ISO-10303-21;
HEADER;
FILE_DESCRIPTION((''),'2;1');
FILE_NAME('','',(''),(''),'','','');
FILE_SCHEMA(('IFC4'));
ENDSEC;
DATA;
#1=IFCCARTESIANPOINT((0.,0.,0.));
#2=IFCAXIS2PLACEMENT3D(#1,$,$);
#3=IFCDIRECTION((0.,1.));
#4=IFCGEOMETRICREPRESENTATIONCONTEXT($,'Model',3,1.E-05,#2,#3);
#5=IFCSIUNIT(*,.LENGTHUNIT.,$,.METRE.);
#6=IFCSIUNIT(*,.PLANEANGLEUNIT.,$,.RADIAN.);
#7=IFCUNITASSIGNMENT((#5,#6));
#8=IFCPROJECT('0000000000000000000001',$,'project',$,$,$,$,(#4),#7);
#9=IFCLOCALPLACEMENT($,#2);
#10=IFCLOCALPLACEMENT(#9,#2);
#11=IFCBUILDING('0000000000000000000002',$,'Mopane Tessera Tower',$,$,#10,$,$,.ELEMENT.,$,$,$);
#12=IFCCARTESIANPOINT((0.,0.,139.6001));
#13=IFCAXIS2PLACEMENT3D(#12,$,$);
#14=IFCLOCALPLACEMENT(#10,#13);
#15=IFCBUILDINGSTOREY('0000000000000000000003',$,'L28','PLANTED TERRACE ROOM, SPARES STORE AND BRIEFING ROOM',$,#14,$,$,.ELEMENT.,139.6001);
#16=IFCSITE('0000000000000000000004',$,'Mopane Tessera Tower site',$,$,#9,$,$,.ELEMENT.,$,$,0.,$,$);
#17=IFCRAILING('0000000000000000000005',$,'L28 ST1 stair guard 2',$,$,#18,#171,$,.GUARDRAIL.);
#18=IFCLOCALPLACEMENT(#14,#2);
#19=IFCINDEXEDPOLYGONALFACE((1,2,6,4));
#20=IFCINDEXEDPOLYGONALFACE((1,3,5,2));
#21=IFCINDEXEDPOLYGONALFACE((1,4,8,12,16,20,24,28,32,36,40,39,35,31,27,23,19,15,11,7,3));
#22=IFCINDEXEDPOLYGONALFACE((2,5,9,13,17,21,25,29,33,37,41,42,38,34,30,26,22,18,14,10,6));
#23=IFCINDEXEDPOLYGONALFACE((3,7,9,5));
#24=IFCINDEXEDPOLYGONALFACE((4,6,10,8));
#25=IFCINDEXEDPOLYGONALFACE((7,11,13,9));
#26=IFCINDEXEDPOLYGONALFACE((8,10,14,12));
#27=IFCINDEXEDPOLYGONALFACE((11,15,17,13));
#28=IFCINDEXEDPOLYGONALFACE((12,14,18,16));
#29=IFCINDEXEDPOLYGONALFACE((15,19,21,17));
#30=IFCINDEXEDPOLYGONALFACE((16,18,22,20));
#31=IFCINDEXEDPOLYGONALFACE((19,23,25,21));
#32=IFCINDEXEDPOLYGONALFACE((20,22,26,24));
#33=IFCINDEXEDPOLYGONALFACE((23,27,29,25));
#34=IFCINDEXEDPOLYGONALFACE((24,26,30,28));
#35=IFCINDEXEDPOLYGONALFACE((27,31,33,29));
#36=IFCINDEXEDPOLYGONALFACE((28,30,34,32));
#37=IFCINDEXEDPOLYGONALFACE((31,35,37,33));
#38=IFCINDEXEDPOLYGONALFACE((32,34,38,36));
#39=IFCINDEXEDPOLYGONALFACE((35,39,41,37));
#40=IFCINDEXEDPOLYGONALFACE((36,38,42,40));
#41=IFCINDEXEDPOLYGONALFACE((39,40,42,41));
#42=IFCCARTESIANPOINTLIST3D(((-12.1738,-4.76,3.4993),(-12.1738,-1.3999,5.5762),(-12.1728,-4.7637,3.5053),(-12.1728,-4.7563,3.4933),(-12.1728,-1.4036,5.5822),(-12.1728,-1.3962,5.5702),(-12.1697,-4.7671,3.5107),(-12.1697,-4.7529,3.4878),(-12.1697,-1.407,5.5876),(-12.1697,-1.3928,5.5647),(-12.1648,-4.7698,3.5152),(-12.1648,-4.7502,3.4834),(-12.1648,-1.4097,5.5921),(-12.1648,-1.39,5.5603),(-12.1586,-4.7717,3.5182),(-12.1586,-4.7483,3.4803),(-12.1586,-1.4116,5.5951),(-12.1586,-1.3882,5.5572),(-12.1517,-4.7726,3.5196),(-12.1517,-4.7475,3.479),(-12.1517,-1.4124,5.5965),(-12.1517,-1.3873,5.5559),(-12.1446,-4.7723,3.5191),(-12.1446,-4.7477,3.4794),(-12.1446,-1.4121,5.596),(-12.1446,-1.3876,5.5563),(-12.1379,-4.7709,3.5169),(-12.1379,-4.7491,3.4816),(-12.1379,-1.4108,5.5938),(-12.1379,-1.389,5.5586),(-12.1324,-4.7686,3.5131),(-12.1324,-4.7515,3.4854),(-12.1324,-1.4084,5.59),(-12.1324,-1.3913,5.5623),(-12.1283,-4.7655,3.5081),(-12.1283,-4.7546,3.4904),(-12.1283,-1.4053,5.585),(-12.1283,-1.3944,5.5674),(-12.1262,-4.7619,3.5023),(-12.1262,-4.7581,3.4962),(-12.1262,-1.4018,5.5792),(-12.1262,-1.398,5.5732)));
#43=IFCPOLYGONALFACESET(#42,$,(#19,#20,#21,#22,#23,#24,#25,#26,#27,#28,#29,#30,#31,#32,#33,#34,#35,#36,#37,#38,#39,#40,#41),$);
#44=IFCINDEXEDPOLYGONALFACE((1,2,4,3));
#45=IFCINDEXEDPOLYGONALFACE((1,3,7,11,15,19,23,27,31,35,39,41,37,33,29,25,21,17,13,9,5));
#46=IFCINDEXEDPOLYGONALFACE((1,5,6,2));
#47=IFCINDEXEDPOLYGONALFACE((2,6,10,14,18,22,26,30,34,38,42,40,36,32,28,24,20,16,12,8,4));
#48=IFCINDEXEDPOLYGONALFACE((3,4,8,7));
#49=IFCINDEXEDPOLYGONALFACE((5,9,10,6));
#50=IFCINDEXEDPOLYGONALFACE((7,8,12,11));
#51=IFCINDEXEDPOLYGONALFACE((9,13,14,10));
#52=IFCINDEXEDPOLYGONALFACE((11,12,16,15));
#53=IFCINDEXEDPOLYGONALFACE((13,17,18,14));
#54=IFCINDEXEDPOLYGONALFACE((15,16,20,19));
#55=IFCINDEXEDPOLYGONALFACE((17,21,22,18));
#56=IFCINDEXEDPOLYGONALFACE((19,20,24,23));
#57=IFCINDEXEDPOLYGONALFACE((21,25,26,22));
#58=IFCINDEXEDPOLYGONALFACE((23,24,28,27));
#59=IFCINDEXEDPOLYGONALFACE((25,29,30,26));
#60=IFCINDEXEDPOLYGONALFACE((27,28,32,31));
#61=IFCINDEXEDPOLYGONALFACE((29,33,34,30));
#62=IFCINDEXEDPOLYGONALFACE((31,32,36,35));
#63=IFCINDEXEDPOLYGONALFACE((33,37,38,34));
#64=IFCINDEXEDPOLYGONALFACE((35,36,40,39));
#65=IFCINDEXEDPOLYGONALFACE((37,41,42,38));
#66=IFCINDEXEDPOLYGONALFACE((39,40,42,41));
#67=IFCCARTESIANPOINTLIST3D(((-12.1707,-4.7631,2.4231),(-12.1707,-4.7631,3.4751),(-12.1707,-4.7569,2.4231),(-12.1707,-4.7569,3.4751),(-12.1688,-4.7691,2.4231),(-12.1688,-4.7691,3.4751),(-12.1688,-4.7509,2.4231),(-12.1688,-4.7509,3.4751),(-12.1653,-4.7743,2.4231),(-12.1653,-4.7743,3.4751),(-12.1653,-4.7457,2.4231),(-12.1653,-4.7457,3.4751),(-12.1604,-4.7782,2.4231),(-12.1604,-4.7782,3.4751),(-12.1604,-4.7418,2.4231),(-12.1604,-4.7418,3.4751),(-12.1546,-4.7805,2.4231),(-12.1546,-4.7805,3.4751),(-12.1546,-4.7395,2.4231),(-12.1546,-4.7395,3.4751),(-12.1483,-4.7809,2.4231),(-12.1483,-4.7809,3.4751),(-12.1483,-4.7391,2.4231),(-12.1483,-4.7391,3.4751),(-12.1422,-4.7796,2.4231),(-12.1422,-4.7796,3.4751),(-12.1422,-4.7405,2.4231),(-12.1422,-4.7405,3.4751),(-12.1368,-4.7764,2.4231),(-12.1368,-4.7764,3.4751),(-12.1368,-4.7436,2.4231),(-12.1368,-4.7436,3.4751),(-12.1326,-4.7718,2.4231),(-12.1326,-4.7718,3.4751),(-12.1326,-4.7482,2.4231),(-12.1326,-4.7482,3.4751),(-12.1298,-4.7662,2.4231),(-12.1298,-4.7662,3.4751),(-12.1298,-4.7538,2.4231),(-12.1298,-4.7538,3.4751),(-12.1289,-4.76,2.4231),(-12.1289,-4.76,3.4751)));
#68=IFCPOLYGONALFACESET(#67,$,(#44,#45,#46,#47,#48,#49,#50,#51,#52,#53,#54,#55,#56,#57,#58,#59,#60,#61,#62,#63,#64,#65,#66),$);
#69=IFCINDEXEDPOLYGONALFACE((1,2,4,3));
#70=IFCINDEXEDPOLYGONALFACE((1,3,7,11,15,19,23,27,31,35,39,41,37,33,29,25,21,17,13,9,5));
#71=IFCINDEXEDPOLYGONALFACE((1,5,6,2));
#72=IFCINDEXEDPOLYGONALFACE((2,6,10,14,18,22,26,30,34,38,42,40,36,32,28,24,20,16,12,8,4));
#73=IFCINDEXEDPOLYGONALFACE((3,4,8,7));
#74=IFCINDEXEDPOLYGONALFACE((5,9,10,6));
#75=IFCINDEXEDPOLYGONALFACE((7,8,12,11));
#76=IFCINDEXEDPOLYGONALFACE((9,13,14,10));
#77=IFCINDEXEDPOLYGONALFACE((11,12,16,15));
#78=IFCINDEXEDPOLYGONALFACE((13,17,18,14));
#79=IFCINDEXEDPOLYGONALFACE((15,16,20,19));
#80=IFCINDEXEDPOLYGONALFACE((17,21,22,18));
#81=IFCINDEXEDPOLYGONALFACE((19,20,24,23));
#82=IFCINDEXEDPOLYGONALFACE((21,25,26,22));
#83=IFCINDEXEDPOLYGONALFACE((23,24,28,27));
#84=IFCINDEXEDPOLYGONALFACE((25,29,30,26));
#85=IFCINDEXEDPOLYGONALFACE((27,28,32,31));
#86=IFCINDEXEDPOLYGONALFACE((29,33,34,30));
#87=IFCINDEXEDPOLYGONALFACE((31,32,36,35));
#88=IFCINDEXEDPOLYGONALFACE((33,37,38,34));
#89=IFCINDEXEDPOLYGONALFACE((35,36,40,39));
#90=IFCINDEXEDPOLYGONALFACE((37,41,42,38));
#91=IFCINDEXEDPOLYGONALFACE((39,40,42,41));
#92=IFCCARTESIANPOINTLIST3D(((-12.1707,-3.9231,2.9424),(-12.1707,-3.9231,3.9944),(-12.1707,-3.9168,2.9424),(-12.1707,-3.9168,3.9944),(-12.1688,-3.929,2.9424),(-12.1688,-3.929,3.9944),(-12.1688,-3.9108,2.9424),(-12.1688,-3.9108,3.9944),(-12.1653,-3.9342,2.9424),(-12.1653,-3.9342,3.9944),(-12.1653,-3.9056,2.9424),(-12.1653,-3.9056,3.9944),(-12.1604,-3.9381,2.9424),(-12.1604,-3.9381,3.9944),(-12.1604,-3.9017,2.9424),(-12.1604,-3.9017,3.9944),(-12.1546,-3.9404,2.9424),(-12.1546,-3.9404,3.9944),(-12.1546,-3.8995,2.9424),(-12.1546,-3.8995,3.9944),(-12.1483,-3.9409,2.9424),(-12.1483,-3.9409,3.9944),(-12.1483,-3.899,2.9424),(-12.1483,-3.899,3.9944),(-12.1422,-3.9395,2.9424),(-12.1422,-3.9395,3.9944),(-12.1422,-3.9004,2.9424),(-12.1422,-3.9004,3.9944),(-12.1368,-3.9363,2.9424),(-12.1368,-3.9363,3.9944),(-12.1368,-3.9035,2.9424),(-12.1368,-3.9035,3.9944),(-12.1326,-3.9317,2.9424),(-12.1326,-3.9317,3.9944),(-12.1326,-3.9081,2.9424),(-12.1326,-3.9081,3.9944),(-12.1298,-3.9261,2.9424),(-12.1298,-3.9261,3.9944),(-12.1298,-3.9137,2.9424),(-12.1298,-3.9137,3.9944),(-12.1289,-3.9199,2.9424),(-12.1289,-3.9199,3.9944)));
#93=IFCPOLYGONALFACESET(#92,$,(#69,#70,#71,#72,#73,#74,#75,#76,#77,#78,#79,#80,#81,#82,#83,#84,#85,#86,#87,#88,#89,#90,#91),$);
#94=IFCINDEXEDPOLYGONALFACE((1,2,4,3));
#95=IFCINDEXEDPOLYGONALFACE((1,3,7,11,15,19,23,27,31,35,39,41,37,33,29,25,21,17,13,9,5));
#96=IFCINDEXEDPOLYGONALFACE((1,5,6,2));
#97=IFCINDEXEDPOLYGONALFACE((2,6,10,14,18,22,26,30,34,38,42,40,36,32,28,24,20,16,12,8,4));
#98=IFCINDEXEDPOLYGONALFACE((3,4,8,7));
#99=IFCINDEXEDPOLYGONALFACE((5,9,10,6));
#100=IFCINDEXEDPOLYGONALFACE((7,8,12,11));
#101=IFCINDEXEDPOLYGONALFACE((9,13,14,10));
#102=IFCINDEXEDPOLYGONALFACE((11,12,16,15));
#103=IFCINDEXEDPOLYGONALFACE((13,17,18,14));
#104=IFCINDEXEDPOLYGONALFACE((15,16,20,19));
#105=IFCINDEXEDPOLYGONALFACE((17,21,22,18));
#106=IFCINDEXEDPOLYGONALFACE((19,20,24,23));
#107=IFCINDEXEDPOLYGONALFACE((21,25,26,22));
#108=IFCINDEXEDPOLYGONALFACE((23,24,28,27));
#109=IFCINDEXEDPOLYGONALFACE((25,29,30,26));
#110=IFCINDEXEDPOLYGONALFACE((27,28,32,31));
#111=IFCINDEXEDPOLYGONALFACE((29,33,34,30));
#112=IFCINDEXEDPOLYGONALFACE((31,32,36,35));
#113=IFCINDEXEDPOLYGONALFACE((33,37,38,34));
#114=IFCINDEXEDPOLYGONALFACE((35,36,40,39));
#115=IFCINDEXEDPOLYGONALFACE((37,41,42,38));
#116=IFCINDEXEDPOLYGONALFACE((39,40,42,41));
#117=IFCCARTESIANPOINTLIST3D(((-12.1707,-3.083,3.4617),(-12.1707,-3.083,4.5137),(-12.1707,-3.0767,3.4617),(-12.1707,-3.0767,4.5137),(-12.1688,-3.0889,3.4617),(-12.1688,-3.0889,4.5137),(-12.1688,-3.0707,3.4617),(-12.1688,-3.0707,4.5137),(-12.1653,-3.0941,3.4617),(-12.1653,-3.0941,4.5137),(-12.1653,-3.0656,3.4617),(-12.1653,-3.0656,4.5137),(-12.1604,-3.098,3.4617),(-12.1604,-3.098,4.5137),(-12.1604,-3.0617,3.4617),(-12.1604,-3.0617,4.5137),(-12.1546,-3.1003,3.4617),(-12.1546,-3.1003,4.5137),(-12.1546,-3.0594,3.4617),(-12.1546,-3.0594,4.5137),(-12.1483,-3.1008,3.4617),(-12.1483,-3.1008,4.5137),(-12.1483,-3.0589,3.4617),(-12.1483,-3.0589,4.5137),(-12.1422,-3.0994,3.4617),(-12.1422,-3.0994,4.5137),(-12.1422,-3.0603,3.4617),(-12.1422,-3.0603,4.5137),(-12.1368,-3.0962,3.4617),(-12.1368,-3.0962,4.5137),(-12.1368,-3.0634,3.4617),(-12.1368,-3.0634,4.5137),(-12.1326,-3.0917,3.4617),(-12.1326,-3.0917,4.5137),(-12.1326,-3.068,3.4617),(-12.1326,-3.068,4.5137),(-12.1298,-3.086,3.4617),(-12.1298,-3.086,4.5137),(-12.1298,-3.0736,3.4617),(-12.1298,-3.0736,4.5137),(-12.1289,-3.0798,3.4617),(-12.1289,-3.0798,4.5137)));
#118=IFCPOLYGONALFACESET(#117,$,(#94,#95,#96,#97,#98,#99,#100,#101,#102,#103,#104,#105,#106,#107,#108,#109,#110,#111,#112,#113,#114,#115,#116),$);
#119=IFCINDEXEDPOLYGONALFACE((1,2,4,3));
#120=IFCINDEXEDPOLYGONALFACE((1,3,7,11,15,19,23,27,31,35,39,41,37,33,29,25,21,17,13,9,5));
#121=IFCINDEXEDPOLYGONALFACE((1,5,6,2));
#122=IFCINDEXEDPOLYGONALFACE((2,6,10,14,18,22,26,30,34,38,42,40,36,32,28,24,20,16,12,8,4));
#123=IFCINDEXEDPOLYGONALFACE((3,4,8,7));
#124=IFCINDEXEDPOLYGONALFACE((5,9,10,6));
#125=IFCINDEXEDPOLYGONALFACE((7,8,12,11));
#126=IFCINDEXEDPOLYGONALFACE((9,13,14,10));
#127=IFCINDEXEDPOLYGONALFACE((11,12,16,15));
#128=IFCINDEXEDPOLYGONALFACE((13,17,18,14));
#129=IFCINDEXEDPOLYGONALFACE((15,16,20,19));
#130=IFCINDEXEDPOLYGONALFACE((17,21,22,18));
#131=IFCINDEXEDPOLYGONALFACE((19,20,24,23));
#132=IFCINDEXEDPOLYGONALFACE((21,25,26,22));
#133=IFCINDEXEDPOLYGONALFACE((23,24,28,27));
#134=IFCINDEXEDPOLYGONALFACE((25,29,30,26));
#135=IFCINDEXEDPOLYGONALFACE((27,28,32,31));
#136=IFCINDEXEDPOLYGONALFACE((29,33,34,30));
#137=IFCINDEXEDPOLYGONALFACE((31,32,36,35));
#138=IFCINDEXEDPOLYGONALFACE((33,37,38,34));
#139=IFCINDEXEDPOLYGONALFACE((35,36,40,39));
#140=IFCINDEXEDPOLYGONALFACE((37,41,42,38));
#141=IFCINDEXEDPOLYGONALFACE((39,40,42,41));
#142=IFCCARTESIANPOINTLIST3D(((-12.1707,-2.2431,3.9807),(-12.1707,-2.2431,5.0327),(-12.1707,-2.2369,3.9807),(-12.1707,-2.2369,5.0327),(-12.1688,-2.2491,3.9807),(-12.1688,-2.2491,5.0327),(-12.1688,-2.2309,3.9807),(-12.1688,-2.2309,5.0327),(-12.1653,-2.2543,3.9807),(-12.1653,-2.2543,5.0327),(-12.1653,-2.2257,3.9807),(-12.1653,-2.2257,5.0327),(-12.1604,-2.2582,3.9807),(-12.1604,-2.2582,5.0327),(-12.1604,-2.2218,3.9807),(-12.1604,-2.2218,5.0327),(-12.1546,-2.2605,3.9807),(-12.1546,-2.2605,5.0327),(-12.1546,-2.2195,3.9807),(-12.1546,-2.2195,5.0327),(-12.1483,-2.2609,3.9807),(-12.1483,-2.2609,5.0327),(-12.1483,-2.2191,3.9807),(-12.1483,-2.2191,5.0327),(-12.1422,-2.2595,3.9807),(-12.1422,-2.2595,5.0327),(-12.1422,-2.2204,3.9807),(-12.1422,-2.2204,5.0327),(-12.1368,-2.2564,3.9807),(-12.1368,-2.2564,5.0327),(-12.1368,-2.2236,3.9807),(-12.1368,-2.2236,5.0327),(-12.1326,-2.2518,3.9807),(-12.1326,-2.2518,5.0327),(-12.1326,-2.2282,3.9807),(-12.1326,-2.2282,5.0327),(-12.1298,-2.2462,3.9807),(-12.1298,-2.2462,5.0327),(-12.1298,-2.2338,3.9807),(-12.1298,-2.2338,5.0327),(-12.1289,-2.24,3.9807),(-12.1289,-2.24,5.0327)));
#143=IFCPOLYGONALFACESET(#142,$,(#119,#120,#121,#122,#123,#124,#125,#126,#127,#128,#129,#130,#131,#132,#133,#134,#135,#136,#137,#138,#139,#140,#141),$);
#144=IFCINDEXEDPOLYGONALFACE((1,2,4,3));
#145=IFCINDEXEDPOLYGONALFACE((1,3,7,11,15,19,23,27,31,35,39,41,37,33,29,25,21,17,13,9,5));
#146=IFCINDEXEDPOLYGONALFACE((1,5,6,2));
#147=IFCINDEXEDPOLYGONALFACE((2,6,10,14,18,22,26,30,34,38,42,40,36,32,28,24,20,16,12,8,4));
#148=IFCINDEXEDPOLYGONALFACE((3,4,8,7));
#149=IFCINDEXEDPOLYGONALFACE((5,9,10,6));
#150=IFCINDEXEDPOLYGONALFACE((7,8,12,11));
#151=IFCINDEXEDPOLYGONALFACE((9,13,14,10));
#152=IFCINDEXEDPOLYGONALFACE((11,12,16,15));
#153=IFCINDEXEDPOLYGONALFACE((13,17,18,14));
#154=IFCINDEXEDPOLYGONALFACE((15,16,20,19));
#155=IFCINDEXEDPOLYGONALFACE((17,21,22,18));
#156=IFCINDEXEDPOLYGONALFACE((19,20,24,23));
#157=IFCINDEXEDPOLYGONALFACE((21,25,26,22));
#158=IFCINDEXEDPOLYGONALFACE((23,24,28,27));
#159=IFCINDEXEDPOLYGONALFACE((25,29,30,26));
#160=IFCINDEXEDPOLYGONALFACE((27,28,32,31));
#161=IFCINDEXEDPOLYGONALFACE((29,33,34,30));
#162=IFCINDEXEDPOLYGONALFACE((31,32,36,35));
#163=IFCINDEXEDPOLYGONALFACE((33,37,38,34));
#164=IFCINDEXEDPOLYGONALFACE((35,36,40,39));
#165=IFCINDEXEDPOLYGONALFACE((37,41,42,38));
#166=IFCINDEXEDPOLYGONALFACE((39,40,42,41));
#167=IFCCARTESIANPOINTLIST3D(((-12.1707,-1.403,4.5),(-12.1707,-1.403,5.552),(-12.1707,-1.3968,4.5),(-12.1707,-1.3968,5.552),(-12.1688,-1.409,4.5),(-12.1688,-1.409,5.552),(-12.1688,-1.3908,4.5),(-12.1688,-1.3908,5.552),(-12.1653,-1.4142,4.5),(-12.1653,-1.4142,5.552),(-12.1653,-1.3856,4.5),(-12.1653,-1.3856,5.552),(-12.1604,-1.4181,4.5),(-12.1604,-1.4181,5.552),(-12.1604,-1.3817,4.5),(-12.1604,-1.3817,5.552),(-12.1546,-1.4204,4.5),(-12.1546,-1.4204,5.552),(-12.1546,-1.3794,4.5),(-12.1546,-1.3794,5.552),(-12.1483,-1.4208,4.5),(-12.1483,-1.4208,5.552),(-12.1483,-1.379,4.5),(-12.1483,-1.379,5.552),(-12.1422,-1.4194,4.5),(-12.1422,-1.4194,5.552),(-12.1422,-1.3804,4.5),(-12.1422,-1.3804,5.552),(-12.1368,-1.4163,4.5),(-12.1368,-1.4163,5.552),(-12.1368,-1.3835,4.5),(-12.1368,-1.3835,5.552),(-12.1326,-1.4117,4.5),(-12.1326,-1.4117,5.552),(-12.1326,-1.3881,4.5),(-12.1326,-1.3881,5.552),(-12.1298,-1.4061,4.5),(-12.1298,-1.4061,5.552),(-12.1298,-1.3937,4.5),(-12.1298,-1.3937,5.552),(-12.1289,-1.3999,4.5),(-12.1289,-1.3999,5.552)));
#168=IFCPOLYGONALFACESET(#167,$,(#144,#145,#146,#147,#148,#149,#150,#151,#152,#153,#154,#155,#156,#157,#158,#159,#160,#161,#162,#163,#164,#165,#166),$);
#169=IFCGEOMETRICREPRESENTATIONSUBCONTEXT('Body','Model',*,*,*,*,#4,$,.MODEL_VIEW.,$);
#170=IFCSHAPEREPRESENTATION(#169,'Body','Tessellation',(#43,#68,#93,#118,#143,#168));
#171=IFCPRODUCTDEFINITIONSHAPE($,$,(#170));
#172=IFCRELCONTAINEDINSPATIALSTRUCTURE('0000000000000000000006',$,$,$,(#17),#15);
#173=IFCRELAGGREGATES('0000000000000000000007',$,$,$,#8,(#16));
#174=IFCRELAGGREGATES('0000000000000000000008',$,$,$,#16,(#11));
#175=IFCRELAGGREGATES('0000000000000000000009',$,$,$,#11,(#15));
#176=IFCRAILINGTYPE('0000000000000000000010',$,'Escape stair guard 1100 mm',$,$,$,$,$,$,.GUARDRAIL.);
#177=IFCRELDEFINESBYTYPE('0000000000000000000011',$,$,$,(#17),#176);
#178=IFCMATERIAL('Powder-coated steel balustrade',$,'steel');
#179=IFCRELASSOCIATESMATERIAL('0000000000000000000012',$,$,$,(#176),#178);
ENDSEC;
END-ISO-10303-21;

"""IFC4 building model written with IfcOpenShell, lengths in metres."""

from ifc_helpers import new_model, si_unit, direction, frame, origin, origin_2d, place, context, subcontext, project, spatial, circle, extrude, material, type_object, element, save


model = new_model("IFC4")

# Units and contexts
model_context = context("Model", 3, precision=1e-05, world=origin(), true_north=direction((0.0, 1.0)))
body_context = subcontext(model_context, "Body", "Model", "MODEL_VIEW")
ifc_project = project(units=[si_unit("LENGTHUNIT", "METRE"), si_unit("PLANEANGLEUNIT", "RADIAN")], contexts=[model_context])

# Site, building, storey
site_placement = place(None, origin())
site = spatial("IfcSite", under=ifc_project, at=site_placement, Name="Mopane Tessera Tower site", CompositionType="ELEMENT", RefElevation=0.0)
building_placement = place(site_placement, origin())
building = spatial("IfcBuilding", under=site, at=building_placement, Name="Mopane Tessera Tower", CompositionType="ELEMENT")
storey_placement = place(building_placement, frame((0.0, 0.0, 139.6001)))
storey = spatial("IfcBuildingStorey", under=building, at=storey_placement, Name="L28", Description="PLANTED TERRACE ROOM, SPARES STORE AND BRIEFING ROOM", CompositionType="ELEMENT", Elevation=139.6001)

# Railing
ifc_material_1 = material(Name="Powder-coated steel balustrade", Category="steel")
railing_type_1 = type_object("IfcRailingType", Name="Escape stair guard 1100 mm", PredefinedType="GUARDRAIL", material=ifc_material_1)
railing_1_placement = place(storey_placement, frame((-12.1499, -4.76, 2.4231)))
element("IfcRailing", 1, at=railing_1_placement, inside=storey, type_object=railing_type_1, Name="L28 ST1 stair guard 2", PredefinedType="GUARDRAIL", context=body_context, shape_type="SweptSolid", body=[
    extrude(circle(Radius=0.0239, at=origin_2d()), frame((0.0, 0.0, 1.0762), z_axis=(0.0, 0.850623, 0.525776), x_axis=(-1.0, 0.0, 0.0)), (0.0, 0.0, 1.0), 3.9502),
    extrude(circle(Radius=0.021, at=origin_2d()), origin(), (0.0, 0.0, 1.0), 1.052),
    extrude(circle(Radius=0.021, at=origin_2d()), frame((0.0, 0.8401, 0.5193)), (0.0, 0.0, 1.0), 1.052),
    extrude(circle(Radius=0.021, at=origin_2d()), frame((0.0, 1.6802, 1.0386)), (0.0, 0.0, 1.0), 1.052),
    extrude(circle(Radius=0.021, at=origin_2d()), frame((0.0, 2.52, 1.5576)), (0.0, 0.0, 1.0), 1.052),
    extrude(circle(Radius=0.021, at=origin_2d()), frame((0.0, 3.3601, 2.0769)), (0.0, 0.0, 1.0), 1.052),
])

save(model, "model.ifc")
